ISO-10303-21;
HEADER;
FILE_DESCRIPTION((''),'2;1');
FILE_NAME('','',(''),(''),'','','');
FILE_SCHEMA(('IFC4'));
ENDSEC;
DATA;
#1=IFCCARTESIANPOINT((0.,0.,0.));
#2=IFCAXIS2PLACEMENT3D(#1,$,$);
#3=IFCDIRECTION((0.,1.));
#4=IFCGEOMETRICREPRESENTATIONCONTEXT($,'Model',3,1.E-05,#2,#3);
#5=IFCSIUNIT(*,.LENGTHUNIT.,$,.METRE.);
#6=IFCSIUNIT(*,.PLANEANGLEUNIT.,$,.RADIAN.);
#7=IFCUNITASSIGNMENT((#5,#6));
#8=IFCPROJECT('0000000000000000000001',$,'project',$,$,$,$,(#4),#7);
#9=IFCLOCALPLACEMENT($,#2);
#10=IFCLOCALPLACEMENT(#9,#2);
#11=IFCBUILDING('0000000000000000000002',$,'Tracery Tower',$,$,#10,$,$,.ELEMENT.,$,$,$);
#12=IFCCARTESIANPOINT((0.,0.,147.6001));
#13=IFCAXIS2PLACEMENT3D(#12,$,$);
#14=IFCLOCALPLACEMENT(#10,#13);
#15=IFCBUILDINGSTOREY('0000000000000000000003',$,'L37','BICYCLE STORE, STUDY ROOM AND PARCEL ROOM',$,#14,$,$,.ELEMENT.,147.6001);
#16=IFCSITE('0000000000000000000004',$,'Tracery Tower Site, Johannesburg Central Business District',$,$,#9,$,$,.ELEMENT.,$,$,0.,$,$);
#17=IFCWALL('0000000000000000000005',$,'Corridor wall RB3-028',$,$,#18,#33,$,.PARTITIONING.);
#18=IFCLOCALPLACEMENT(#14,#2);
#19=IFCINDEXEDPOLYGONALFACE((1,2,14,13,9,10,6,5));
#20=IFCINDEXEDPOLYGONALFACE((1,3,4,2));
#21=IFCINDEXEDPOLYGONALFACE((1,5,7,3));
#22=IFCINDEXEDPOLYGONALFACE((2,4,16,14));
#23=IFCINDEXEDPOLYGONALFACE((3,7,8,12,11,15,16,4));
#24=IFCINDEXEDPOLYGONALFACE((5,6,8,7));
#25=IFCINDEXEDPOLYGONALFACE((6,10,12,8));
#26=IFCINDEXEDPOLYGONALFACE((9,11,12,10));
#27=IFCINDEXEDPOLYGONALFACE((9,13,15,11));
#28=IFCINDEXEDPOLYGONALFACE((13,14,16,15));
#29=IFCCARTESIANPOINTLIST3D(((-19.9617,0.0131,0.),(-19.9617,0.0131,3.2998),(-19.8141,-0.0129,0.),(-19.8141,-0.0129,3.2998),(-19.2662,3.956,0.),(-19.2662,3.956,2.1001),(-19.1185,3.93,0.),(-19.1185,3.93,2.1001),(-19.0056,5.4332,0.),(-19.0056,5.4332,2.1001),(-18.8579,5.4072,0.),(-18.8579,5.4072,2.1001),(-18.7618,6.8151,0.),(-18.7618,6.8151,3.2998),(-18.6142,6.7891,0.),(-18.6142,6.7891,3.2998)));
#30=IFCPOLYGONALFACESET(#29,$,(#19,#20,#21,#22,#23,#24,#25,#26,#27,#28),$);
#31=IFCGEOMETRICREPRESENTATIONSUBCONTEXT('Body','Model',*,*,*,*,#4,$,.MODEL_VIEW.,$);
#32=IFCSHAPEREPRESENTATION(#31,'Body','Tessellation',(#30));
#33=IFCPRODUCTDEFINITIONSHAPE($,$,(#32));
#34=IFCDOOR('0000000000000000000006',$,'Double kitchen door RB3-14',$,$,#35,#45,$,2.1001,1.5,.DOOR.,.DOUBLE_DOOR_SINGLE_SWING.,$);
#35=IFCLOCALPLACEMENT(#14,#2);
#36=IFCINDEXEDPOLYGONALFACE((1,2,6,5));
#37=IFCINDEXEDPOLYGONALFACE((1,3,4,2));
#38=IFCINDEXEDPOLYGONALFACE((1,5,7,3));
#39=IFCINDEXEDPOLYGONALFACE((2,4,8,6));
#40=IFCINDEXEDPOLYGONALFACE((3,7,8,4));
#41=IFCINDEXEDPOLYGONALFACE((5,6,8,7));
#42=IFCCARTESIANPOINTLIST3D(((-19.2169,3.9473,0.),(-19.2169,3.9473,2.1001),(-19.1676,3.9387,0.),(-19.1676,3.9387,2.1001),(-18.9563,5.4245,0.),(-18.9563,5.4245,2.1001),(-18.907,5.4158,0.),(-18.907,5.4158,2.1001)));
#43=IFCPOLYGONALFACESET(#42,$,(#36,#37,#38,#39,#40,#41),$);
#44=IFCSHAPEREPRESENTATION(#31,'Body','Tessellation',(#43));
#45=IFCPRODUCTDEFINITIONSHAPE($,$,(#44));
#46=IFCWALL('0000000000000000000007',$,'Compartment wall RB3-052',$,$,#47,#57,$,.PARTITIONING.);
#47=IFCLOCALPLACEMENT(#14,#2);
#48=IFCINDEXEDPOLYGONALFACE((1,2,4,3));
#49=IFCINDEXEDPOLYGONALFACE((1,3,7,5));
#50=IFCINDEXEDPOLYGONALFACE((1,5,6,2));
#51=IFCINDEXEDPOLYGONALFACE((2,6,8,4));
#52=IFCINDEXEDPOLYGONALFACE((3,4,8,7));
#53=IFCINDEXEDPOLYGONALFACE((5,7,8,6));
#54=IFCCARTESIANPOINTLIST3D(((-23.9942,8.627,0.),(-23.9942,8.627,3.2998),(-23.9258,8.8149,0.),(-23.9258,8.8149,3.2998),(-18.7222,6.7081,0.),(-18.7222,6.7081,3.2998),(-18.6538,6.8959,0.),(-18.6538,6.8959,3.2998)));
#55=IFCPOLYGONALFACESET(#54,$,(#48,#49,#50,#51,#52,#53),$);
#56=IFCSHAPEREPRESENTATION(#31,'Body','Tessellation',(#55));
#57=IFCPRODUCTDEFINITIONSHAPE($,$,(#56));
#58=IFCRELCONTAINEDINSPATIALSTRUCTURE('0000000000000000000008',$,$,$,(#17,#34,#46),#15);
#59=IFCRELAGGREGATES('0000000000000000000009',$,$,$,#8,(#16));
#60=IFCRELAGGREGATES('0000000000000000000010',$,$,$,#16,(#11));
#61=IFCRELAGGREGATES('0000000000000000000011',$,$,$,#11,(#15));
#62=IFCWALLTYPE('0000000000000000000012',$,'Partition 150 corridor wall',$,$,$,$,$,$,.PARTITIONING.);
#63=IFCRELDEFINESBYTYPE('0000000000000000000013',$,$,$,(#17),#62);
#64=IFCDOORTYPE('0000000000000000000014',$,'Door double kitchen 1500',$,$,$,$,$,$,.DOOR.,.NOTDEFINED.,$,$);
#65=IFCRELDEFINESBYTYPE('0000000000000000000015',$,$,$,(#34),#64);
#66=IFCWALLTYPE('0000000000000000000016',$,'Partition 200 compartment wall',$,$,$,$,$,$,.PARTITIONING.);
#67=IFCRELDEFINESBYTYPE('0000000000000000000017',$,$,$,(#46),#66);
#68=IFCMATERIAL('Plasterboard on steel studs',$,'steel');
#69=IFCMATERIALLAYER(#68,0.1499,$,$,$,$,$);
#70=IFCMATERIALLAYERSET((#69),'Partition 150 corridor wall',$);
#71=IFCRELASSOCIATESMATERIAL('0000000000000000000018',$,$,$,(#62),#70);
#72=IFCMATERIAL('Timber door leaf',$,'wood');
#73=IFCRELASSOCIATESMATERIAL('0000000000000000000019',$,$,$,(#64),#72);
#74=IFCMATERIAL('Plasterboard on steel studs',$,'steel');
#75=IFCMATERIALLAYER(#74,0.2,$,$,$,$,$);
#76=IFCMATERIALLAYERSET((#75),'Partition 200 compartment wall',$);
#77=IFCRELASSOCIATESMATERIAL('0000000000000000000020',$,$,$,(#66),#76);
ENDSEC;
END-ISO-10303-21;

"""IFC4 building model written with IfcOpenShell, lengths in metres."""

from ifc_helpers import new_model, si_unit, direction, frame, frame_2d, origin, place, context, subcontext, project, spatial, rectangle, extrude, material, layer, layer_set, type_object, element, fill, save


model = new_model("IFC4")

# Units and contexts
model_context = context("Model", 3, precision=1e-05, world=origin(), true_north=direction((0.0, 1.0)))
body_context = subcontext(model_context, "Body", "Model", "MODEL_VIEW")
ifc_project = project(units=[si_unit("LENGTHUNIT", "METRE"), si_unit("PLANEANGLEUNIT", "RADIAN")], contexts=[model_context])

# Site, building, storey
site_placement = place(None, origin())
site = spatial("IfcSite", under=ifc_project, at=site_placement, Name="Tracery Tower Site, Johannesburg Central Business District", CompositionType="ELEMENT", RefElevation=0.0)
building_placement = place(site_placement, origin())
building = spatial("IfcBuilding", under=site, at=building_placement, Name="Tracery Tower", CompositionType="ELEMENT")
storey_placement = place(building_placement, frame((0.0, 0.0, 147.6001)))
storey = spatial("IfcBuildingStorey", under=building, at=storey_placement, Name="L37", Description="BICYCLE STORE, STUDY ROOM AND PARCEL ROOM", CompositionType="ELEMENT", Elevation=147.6001)

# Shared definitions
ifc_material_1 = material(Name="Plasterboard on steel studs", Category="steel")
ifc_layer_1 = layer(ifc_material_1, 0.1499)
ifc_layer_set_1 = layer_set([ifc_layer_1], Name="Partition 150 corridor wall")
wall_type_1 = type_object("IfcWallType", Name="Partition 150 corridor wall", PredefinedType="PARTITIONING", material=ifc_layer_set_1)

# Wall, opening, door
wall_1_placement = place(storey_placement, frame((-19.8879, 0.0, 0.0), z_axis=(0.0, 0.0, 1.0), x_axis=(0.173729, 0.984794, 0.0)))
wall_1 = element("IfcWall", 1, at=wall_1_placement, inside=storey, type_object=wall_type_1, Name="Corridor wall RB3-028", PredefinedType="PARTITIONING", context=body_context, shape_type="SweptSolid", body=[
    extrude(rectangle(XDim=6.907, YDim=0.1499, at=frame_2d((3.4536, 0.0))), origin(), (0.0, 0.0, 1.0), 3.2998),
])
opening_1_placement = place(wall_1_placement, frame((4.0039, 0.0, 0.0)))
opening_1 = element("IfcOpeningElement", 2, at=opening_1_placement, cuts=wall_1, PredefinedType="OPENING", context=body_context, shape_type="SweptSolid", body=[
    extrude(rectangle(XDim=1.5, YDim=2.1001, at=frame_2d((0.75, 1.05))), frame((0.0, 0.075, 0.0), z_axis=(0.0, -1.0, 0.0), x_axis=(1.0, 0.0, 0.0)), (0.0, 0.0, 1.0), 0.1499),
])
ifc_material_2 = material(Name="Timber door leaf", Category="wood")
door_type_1 = type_object("IfcDoorType", Name="Door double kitchen 1500", OperationType="NOTDEFINED", PredefinedType="DOOR", material=ifc_material_2)
door_1_placement = place(opening_1_placement, origin())
door_1 = element("IfcDoor", 3, at=door_1_placement, inside=storey, type_object=door_type_1, Name="Double kitchen door RB3-14", OperationType="DOUBLE_DOOR_SINGLE_SWING", OverallHeight=2.1001, OverallWidth=1.5, PredefinedType="DOOR", context=body_context, shape_type="SweptSolid", body=[
    extrude(rectangle(XDim=1.5, YDim=2.1001, at=frame_2d((0.75, 1.05))), frame((0.0, 0.0249, 0.0), z_axis=(0.0, -1.0, 0.0), x_axis=(1.0, 0.0, 0.0)), (0.0, 0.0, 1.0), 0.05),
])
fill(opening_1, door_1)

# Wall
ifc_material_3 = material(Name="Plasterboard on steel studs", Category="steel")
ifc_layer_2 = layer(ifc_material_3, 0.2)
ifc_layer_set_2 = layer_set([ifc_layer_2], Name="Partition 200 compartment wall")
wall_type_2 = type_object("IfcWallType", Name="Partition 200 compartment wall", PredefinedType="PARTITIONING", material=ifc_layer_set_2)
wall_2_placement = place(storey_placement, frame((-23.96, 8.7209, 0.0), z_axis=(0.0, 0.0, 1.0), x_axis=(0.939687, -0.342037, 0.0)))
element("IfcWall", 4, at=wall_2_placement, inside=storey, type_object=wall_type_2, Name="Compartment wall RB3-052", PredefinedType="PARTITIONING", context=body_context, shape_type="SweptSolid", body=[
    extrude(rectangle(XDim=5.6104, YDim=0.2, at=frame_2d((2.8052, 0.0))), origin(), (0.0, 0.0, 1.0), 3.2998),
])

save(model, "model.ifc")
